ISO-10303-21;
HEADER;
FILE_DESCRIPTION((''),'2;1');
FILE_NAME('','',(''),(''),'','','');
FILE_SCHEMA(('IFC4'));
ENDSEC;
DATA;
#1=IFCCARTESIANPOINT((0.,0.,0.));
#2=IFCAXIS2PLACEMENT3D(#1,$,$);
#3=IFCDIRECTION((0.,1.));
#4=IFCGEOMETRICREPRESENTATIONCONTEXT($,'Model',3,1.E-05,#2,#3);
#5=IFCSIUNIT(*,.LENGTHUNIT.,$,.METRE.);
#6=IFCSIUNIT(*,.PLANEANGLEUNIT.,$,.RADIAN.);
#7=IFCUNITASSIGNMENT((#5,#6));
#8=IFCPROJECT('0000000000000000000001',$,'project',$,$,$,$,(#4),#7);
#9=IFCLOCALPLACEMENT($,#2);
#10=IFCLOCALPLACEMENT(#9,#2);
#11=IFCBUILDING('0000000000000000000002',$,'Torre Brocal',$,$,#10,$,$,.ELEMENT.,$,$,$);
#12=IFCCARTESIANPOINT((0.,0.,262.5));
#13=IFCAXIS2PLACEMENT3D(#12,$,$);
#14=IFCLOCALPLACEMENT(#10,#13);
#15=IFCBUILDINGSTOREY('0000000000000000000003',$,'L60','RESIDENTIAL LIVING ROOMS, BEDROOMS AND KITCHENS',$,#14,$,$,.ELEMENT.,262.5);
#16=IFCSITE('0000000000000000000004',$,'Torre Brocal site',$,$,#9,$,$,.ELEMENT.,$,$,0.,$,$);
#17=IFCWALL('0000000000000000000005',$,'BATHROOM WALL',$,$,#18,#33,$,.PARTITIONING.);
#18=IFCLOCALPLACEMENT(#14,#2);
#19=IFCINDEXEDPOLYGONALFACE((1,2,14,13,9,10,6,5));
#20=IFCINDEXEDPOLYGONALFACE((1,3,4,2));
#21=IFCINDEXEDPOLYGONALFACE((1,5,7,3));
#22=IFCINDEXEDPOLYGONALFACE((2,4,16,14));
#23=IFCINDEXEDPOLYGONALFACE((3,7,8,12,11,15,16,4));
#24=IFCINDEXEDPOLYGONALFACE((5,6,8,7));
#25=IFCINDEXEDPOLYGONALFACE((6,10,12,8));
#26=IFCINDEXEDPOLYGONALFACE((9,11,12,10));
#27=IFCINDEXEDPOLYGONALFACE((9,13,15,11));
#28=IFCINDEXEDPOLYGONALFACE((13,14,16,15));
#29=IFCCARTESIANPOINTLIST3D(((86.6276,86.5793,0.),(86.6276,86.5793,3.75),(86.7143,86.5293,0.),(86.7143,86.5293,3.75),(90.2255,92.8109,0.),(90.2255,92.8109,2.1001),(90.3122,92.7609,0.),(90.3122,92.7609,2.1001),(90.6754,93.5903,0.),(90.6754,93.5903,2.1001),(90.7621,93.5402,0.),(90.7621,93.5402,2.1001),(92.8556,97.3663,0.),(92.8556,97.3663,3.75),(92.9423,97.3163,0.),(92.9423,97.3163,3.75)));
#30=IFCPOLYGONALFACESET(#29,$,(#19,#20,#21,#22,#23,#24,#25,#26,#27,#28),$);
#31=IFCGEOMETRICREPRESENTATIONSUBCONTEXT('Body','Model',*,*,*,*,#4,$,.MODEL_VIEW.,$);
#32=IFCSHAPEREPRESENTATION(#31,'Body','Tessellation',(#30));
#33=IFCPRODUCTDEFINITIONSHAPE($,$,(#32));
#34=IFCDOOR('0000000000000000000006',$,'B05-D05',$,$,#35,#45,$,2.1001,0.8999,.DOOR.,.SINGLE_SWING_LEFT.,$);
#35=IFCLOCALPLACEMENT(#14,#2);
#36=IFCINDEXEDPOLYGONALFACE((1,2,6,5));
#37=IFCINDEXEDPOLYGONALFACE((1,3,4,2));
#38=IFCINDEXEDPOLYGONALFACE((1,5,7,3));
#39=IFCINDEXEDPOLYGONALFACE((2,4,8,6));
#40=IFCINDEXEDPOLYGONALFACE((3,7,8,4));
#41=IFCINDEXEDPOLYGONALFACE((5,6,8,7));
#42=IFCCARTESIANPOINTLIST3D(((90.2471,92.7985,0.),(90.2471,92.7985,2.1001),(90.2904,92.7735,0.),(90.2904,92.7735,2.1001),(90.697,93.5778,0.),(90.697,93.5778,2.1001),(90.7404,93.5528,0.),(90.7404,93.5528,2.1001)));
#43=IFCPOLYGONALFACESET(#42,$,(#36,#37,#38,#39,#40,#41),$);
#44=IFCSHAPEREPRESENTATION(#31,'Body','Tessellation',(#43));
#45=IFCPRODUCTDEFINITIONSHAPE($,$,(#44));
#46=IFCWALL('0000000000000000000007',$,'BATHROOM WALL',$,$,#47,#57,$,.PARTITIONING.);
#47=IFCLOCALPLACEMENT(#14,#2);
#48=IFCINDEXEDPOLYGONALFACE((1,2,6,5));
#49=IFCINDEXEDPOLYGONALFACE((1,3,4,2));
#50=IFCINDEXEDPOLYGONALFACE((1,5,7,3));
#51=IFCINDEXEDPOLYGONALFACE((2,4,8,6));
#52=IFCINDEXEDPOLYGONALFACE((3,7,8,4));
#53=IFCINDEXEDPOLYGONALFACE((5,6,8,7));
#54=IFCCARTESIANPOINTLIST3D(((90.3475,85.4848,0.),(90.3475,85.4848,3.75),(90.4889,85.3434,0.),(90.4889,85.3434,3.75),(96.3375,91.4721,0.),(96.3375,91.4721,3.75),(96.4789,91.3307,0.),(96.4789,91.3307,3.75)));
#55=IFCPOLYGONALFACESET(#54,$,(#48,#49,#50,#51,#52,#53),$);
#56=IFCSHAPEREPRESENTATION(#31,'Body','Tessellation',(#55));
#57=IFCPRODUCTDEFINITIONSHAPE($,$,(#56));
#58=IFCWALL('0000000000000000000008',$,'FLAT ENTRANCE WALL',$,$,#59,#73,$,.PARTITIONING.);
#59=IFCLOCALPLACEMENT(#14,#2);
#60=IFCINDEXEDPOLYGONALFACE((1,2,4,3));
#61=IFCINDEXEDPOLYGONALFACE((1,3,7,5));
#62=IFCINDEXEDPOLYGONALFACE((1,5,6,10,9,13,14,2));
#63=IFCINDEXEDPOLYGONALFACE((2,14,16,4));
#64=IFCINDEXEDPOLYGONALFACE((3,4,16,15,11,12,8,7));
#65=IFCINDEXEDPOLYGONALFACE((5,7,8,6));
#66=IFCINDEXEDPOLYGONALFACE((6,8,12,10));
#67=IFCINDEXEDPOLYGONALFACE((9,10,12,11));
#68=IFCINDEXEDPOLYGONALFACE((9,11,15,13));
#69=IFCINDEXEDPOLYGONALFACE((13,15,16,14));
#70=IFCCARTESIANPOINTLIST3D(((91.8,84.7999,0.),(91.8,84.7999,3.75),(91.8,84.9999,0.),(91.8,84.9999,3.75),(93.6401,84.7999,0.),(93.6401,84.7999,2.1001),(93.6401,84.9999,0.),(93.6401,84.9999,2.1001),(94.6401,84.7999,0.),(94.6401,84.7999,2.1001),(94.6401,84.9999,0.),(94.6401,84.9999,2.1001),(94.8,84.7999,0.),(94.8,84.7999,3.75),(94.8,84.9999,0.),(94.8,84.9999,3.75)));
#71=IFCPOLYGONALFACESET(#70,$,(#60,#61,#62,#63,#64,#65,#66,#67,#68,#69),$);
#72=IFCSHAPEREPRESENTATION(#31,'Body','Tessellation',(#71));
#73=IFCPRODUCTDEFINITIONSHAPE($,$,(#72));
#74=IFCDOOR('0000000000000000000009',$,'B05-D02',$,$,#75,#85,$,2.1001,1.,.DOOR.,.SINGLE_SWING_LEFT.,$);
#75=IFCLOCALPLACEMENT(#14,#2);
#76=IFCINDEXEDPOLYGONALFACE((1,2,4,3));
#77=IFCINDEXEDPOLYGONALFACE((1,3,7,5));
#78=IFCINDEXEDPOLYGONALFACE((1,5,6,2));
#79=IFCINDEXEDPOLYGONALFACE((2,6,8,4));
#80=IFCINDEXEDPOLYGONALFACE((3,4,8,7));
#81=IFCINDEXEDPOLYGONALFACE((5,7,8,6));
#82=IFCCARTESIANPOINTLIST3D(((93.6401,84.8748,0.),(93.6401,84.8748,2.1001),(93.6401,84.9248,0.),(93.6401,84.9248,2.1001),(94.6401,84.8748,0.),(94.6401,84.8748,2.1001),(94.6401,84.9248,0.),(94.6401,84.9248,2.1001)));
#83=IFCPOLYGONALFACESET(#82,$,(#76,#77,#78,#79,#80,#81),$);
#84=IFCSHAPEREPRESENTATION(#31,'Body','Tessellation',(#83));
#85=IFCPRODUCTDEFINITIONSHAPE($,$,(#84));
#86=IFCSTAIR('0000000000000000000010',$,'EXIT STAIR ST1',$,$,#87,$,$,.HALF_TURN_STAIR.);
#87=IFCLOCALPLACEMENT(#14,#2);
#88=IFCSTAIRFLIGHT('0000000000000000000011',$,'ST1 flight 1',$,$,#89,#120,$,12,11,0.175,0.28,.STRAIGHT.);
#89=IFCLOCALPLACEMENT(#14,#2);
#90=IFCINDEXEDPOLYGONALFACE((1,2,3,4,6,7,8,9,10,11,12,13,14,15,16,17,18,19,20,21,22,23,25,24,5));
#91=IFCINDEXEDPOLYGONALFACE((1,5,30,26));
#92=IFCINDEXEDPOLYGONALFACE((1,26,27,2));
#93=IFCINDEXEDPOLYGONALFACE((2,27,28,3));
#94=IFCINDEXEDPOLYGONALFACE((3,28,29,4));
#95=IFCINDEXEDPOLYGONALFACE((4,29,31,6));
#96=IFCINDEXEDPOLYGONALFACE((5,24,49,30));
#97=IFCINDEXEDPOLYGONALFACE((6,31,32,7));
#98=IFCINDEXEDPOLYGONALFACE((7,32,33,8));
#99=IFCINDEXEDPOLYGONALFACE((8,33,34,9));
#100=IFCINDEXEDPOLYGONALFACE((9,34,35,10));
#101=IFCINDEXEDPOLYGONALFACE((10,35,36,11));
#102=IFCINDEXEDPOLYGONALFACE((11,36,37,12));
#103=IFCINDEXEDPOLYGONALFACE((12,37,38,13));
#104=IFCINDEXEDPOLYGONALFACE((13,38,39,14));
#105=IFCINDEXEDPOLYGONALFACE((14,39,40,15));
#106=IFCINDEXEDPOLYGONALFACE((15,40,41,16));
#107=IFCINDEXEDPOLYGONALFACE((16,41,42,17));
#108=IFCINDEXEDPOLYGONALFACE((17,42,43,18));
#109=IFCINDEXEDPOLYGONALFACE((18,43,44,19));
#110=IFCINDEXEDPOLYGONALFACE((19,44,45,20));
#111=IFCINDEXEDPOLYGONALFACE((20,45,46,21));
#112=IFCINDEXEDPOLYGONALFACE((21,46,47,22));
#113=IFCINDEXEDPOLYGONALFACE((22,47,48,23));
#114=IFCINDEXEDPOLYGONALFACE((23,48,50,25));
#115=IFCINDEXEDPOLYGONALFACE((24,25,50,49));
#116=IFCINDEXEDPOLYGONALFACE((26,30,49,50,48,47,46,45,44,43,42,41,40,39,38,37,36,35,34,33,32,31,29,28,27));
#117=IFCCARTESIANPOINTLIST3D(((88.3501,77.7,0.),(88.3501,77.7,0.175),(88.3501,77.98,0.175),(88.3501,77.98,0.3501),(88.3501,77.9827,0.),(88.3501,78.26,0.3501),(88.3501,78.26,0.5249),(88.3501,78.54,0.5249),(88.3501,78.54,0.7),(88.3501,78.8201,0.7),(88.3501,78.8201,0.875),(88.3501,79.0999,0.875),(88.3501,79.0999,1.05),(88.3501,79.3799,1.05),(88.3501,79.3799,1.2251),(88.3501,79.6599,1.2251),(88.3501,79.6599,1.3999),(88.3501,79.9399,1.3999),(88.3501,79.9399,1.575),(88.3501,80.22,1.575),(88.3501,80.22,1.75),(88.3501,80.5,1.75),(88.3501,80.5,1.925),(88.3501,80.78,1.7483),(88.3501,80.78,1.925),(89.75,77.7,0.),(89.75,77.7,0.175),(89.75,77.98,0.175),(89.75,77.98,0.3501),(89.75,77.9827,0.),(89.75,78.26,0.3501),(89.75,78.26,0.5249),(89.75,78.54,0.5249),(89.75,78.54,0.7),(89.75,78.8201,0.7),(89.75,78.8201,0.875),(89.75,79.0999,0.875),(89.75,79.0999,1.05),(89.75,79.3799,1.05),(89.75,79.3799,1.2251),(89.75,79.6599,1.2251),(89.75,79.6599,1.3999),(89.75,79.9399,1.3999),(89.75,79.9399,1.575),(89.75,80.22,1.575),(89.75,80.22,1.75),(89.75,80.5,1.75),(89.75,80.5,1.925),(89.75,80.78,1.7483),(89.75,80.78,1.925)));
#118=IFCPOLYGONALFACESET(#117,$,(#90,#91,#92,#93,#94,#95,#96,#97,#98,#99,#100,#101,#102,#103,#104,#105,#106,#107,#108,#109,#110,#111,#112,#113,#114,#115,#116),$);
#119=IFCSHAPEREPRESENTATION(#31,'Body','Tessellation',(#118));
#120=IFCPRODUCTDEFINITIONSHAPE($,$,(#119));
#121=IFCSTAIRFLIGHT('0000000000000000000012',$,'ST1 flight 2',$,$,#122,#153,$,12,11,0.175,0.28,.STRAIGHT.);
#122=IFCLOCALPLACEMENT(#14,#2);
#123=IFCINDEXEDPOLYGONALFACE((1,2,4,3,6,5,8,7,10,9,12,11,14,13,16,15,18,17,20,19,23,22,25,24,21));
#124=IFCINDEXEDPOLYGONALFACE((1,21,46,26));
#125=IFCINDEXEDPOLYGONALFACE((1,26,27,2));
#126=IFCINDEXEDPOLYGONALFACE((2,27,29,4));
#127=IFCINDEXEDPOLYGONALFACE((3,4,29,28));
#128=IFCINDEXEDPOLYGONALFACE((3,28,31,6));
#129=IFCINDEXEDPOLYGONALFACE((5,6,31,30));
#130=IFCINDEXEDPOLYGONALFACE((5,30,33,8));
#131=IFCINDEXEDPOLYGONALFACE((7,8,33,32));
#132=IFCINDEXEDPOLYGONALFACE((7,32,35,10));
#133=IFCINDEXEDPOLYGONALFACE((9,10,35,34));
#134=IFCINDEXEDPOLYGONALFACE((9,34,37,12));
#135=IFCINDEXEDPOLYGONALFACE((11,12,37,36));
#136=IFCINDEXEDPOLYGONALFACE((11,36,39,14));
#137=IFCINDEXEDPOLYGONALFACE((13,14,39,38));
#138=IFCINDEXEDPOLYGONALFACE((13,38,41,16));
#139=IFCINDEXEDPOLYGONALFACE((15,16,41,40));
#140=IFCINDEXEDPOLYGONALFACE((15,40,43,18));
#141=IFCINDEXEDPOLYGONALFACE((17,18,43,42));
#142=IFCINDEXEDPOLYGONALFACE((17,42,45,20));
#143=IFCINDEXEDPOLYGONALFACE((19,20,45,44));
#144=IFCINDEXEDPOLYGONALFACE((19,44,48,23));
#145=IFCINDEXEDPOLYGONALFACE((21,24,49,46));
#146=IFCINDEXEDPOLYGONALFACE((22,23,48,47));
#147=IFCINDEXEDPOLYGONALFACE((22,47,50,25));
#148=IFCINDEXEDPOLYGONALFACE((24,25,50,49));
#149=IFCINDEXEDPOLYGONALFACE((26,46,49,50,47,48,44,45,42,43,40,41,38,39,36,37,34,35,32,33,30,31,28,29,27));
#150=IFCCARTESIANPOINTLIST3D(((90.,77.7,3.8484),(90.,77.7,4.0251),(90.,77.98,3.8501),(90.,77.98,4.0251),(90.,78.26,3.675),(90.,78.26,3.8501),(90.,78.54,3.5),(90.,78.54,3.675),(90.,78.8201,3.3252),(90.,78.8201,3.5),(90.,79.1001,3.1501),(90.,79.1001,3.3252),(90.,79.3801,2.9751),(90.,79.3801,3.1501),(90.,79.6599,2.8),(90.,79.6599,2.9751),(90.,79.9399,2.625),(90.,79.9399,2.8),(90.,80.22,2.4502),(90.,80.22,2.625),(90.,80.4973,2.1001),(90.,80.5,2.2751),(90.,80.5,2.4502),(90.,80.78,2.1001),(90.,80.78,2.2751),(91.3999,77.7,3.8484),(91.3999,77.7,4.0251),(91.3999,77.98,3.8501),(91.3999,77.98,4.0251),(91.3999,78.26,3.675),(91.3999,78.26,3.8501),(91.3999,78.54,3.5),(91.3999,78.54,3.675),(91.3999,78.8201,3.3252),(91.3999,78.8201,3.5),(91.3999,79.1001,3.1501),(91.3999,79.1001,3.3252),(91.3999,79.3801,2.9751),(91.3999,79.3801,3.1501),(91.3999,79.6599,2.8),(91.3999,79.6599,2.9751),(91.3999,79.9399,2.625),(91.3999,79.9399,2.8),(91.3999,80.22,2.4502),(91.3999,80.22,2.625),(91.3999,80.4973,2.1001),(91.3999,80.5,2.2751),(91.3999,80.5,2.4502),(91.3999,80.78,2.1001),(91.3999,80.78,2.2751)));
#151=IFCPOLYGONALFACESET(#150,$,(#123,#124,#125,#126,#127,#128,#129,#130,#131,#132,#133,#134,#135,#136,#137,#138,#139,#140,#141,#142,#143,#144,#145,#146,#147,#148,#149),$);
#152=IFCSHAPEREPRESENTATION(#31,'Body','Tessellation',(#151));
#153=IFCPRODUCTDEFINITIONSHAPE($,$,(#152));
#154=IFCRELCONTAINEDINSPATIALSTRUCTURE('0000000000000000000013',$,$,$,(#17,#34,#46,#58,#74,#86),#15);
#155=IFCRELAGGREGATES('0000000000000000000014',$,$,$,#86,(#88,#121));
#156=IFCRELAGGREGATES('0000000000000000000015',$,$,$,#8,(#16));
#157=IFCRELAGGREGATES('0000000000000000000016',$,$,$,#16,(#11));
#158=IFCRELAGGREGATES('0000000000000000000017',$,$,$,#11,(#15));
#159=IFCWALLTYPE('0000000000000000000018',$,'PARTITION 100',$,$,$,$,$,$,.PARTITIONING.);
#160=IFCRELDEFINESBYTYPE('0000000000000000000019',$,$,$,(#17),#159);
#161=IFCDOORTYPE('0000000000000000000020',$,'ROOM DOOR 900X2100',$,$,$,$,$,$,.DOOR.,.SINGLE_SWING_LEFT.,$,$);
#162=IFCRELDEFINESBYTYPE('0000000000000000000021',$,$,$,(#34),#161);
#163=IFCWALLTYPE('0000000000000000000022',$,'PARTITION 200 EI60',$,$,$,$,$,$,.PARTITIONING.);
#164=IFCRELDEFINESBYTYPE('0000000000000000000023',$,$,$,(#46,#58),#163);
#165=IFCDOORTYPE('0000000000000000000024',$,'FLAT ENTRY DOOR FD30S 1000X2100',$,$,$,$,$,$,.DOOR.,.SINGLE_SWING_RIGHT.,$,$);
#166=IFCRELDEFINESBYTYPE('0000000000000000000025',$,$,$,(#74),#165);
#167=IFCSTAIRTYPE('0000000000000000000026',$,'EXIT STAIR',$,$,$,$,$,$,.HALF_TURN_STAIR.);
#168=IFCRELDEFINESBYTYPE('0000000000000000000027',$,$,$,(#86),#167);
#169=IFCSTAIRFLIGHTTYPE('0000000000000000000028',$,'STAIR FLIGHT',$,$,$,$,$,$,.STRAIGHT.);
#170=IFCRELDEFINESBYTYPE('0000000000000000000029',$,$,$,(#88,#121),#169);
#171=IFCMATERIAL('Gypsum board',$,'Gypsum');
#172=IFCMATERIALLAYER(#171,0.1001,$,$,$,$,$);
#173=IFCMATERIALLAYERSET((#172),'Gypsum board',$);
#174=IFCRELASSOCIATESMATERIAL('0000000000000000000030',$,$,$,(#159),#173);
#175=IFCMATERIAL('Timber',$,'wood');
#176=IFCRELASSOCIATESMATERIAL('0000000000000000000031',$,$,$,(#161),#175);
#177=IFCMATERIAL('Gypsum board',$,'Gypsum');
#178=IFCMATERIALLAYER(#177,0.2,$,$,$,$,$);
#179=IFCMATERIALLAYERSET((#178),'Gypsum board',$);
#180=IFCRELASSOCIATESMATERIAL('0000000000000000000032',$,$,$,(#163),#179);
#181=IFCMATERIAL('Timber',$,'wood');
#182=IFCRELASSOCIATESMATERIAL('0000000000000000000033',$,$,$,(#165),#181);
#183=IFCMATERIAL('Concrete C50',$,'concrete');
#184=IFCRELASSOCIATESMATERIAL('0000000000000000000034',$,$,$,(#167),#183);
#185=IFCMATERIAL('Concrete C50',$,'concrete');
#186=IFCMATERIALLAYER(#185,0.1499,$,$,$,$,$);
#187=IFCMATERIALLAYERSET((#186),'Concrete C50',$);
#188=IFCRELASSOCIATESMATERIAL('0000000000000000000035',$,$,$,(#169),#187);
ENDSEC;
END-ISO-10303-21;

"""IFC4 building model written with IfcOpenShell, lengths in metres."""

from ifc_helpers import new_model, si_unit, direction, frame, frame_2d, origin, place, context, subcontext, project, spatial, polyline, rectangle, outline, extrude, material, layer, layer_set, type_object, element, fill, aggregate, save


model = new_model("IFC4")

# Units and contexts
model_context = context("Model", 3, precision=1e-05, world=origin(), true_north=direction((0.0, 1.0)))
body_context = subcontext(model_context, "Body", "Model", "MODEL_VIEW")
ifc_project = project(units=[si_unit("LENGTHUNIT", "METRE"), si_unit("PLANEANGLEUNIT", "RADIAN")], contexts=[model_context])

# Site, building, storey
site_placement = place(None, origin())
site = spatial("IfcSite", under=ifc_project, at=site_placement, Name="Torre Brocal site", CompositionType="ELEMENT", RefElevation=0.0)
building_placement = place(site_placement, origin())
building = spatial("IfcBuilding", under=site, at=building_placement, Name="Torre Brocal", CompositionType="ELEMENT")
storey_placement = place(building_placement, frame((0.0, 0.0, 262.5)))
storey = spatial("IfcBuildingStorey", under=building, at=storey_placement, Name="L60", Description="RESIDENTIAL LIVING ROOMS, BEDROOMS AND KITCHENS", CompositionType="ELEMENT", Elevation=262.5)

# Wall, opening, door
ifc_material_1 = material(Name="Gypsum board", Category="Gypsum")
ifc_layer_1 = layer(ifc_material_1, 0.1001)
ifc_layer_set_1 = layer_set([ifc_layer_1], Name="Gypsum board")
wall_type_1 = type_object("IfcWallType", Name="PARTITION 100", PredefinedType="PARTITIONING", material=ifc_layer_set_1)
wall_1_placement = place(storey_placement, frame((86.6709, 86.5542, 0.0), z_axis=(0.0, 0.0, 1.0), x_axis=(0.500005, 0.866022, 0.0)))
wall_1 = element("IfcWall", 1, at=wall_1_placement, inside=storey, type_object=wall_type_1, Name="BATHROOM WALL", PredefinedType="PARTITIONING", context=body_context, shape_type="SweptSolid", body=[
    extrude(rectangle(XDim=12.4558, YDim=0.1001, at=frame_2d((6.228, 0.0))), origin(), (0.0, 0.0, 1.0), 3.75),
])
opening_1_placement = place(wall_1_placement, frame((7.1958, 0.0, 0.0)))
opening_1 = element("IfcOpeningElement", 2, at=opening_1_placement, cuts=wall_1, PredefinedType="OPENING", context=body_context, shape_type="SweptSolid", body=[
    extrude(rectangle(XDim=0.8999, YDim=2.1001, at=frame_2d((0.45, 1.05))), frame((0.0, 0.0601, 0.0), z_axis=(0.0, -1.0, 0.0), x_axis=(1.0, 0.0, 0.0)), (0.0, 0.0, 1.0), 0.1201),
])
ifc_material_2 = material(Name="Timber", Category="wood")
door_type_1 = type_object("IfcDoorType", Name="ROOM DOOR 900X2100", OperationType="SINGLE_SWING_LEFT", PredefinedType="DOOR", material=ifc_material_2)
door_1_placement = place(opening_1_placement, frame((0.8999, 0.0, 0.0), z_axis=(0.0, 0.0, 1.0), x_axis=(-1.0, 0.0, 0.0)))
door_1 = element("IfcDoor", 3, at=door_1_placement, inside=storey, type_object=door_type_1, Name="B05-D05", OperationType="SINGLE_SWING_LEFT", OverallHeight=2.1001, OverallWidth=0.8999, PredefinedType="DOOR", context=body_context, shape_type="SweptSolid", body=[
    extrude(rectangle(XDim=0.8999, YDim=2.1001, at=frame_2d((0.45, 1.05))), frame((0.0, 0.0249, 0.0), z_axis=(0.0, -1.0, 0.0), x_axis=(1.0, 0.0, 0.0)), (0.0, 0.0, 1.0), 0.05),
])
fill(opening_1, door_1)

# Wall
ifc_material_3 = material(Name="Gypsum board", Category="Gypsum")
ifc_layer_2 = layer(ifc_material_3, 0.2)
ifc_layer_set_2 = layer_set([ifc_layer_2], Name="Gypsum board")
wall_type_2 = type_object("IfcWallType", Name="PARTITION 200 EI60", PredefinedType="PARTITIONING", material=ifc_layer_set_2)
wall_2_placement = place(storey_placement, frame((90.4182, 85.4141, 0.0), z_axis=(0.0, 0.0, 1.0), x_axis=(0.707265, 0.706948, 0.0)))
element("IfcWall", 4, at=wall_2_placement, inside=storey, type_object=wall_type_2, Name="BATHROOM WALL", PredefinedType="PARTITIONING", context=body_context, shape_type="SweptSolid", body=[
    extrude(rectangle(XDim=8.4692, YDim=0.2, at=frame_2d((4.2346, 0.0))), origin(), (0.0, 0.0, 1.0), 3.75),
])

# Wall, opening, door
wall_3_placement = place(storey_placement, frame((91.8, 84.8999, 0.0), z_axis=(0.0, 0.0, 1.0), x_axis=(1.0, 0.0, 0.0)))
wall_3 = element("IfcWall", 5, at=wall_3_placement, inside=storey, type_object=wall_type_2, Name="FLAT ENTRANCE WALL", PredefinedType="PARTITIONING", context=body_context, shape_type="SweptSolid", body=[
    extrude(rectangle(XDim=3.0, YDim=0.2, at=frame_2d((1.5, 0.0))), origin(), (0.0, 0.0, 1.0), 3.75),
])
opening_2_placement = place(wall_3_placement, frame((1.8401, 0.0, 0.0)))
opening_2 = element("IfcOpeningElement", 6, at=opening_2_placement, cuts=wall_3, PredefinedType="OPENING", context=body_context, shape_type="SweptSolid", body=[
    extrude(rectangle(XDim=1.0, YDim=2.1001, at=frame_2d((0.5, 1.05))), frame((0.0, 0.1099, 0.0), z_axis=(0.0, -1.0, 0.0), x_axis=(1.0, 0.0, 0.0)), (0.0, 0.0, 1.0), 0.22),
])
ifc_material_4 = material(Name="Timber", Category="wood")
door_type_2 = type_object("IfcDoorType", Name="FLAT ENTRY DOOR FD30S 1000X2100", OperationType="SINGLE_SWING_RIGHT", PredefinedType="DOOR", material=ifc_material_4)
door_2_placement = place(opening_2_placement, origin())
door_2 = element("IfcDoor", 7, at=door_2_placement, inside=storey, type_object=door_type_2, Name="B05-D02", OperationType="SINGLE_SWING_LEFT", OverallHeight=2.1001, OverallWidth=1.0, PredefinedType="DOOR", context=body_context, shape_type="SweptSolid", body=[
    extrude(rectangle(XDim=1.0, YDim=2.1001, at=frame_2d((0.5, 1.05))), frame((0.0, 0.0249, 0.0), z_axis=(0.0, -1.0, 0.0), x_axis=(1.0, 0.0, 0.0)), (0.0, 0.0, 1.0), 0.05),
])
fill(opening_2, door_2)

# Stair, stair flights
ifc_material_5 = material(Name="Concrete C50", Category="concrete")
stair_type = type_object("IfcStairType", Name="EXIT STAIR", PredefinedType="HALF_TURN_STAIR", material=ifc_material_5)
stair_placement = place(storey_placement, origin())
stair = element("IfcStair", 8, at=stair_placement, inside=storey, type_object=stair_type, Name="EXIT STAIR ST1", PredefinedType="HALF_TURN_STAIR")
ifc_material_6 = material(Name="Concrete C50", Category="concrete")
ifc_layer_3 = layer(ifc_material_6, 0.1499)
ifc_layer_set_3 = layer_set([ifc_layer_3], Name="Concrete C50")
stair_flight_type = type_object("IfcStairFlightType", Name="STAIR FLIGHT", PredefinedType="STRAIGHT", material=ifc_layer_set_3)
stair_flight_1_placement = place(storey_placement, frame((89.05, 77.7, 0.0), z_axis=(0.0, 0.0, 1.0), x_axis=(0.0, 1.0, 0.0)))
stair_flight_1 = element("IfcStairFlight", 9, at=stair_flight_1_placement, type_object=stair_flight_type, Name="ST1 flight 1", NumberOfRisers=12, NumberOfTreads=11, PredefinedType="STRAIGHT", RiserHeight=0.175, TreadLength=0.28, context=body_context, shape_type="SweptSolid", body=[
    extrude(outline(polyline([(0.0, 0.0), (0.0, 0.175), (0.28, 0.175), (0.28, 0.3501), (0.5601, 0.3501), (0.5601, 0.5249), (0.8401, 0.5249), (0.8401, 0.7), (1.1201, 0.7), (1.1201, 0.875), (1.3999, 0.875), (1.3999, 1.05), (1.6799, 1.05), (1.6799, 1.2251), (1.96, 1.2251), (1.96, 1.3999), (2.24, 1.3999), (2.24, 1.575), (2.52, 1.575), (2.52, 1.75), (2.8, 1.75), (2.8, 1.925), (3.0801, 1.925), (3.0801, 2.1001), (3.0801, 1.7483), (0.2827, 0.0), (0.0, 0.0)])), frame((0.0, 0.7, 0.0), z_axis=(0.0, -1.0, 0.0), x_axis=(1.0, 0.0, 0.0)), (0.0, 0.0, 1.0), 1.3999),
])
stair_flight_2_placement = place(storey_placement, frame((90.7, 80.78, 2.1001), z_axis=(0.0, 0.0, 1.0), x_axis=(0.0, -1.0, 0.0)))
stair_flight_2 = element("IfcStairFlight", 10, at=stair_flight_2_placement, type_object=stair_flight_type, Name="ST1 flight 2", NumberOfRisers=12, NumberOfTreads=11, PredefinedType="STRAIGHT", RiserHeight=0.175, TreadLength=0.28, context=body_context, shape_type="SweptSolid", body=[
    extrude(outline(polyline([(0.0, 0.0), (0.0, 0.175), (0.28, 0.175), (0.28, 0.3501), (0.5601, 0.3501), (0.5601, 0.5249), (0.8401, 0.5249), (0.8401, 0.7), (1.1201, 0.7), (1.1201, 0.875), (1.3999, 0.875), (1.3999, 1.05), (1.6799, 1.05), (1.6799, 1.2251), (1.96, 1.2251), (1.96, 1.3999), (2.24, 1.3999), (2.24, 1.575), (2.52, 1.575), (2.52, 1.75), (2.8, 1.75), (2.8, 1.925), (3.0801, 1.925), (3.0801, 2.1001), (3.0801, 1.7483), (0.2827, 0.0), (0.0, 0.0)])), frame((0.0, 0.7, 0.0), z_axis=(0.0, -1.0, 0.0), x_axis=(1.0, 0.0, 0.0)), (0.0, 0.0, 1.0), 1.3999),
])
aggregate(stair, [stair_flight_1, stair_flight_2])

save(model, "model.ifc")
